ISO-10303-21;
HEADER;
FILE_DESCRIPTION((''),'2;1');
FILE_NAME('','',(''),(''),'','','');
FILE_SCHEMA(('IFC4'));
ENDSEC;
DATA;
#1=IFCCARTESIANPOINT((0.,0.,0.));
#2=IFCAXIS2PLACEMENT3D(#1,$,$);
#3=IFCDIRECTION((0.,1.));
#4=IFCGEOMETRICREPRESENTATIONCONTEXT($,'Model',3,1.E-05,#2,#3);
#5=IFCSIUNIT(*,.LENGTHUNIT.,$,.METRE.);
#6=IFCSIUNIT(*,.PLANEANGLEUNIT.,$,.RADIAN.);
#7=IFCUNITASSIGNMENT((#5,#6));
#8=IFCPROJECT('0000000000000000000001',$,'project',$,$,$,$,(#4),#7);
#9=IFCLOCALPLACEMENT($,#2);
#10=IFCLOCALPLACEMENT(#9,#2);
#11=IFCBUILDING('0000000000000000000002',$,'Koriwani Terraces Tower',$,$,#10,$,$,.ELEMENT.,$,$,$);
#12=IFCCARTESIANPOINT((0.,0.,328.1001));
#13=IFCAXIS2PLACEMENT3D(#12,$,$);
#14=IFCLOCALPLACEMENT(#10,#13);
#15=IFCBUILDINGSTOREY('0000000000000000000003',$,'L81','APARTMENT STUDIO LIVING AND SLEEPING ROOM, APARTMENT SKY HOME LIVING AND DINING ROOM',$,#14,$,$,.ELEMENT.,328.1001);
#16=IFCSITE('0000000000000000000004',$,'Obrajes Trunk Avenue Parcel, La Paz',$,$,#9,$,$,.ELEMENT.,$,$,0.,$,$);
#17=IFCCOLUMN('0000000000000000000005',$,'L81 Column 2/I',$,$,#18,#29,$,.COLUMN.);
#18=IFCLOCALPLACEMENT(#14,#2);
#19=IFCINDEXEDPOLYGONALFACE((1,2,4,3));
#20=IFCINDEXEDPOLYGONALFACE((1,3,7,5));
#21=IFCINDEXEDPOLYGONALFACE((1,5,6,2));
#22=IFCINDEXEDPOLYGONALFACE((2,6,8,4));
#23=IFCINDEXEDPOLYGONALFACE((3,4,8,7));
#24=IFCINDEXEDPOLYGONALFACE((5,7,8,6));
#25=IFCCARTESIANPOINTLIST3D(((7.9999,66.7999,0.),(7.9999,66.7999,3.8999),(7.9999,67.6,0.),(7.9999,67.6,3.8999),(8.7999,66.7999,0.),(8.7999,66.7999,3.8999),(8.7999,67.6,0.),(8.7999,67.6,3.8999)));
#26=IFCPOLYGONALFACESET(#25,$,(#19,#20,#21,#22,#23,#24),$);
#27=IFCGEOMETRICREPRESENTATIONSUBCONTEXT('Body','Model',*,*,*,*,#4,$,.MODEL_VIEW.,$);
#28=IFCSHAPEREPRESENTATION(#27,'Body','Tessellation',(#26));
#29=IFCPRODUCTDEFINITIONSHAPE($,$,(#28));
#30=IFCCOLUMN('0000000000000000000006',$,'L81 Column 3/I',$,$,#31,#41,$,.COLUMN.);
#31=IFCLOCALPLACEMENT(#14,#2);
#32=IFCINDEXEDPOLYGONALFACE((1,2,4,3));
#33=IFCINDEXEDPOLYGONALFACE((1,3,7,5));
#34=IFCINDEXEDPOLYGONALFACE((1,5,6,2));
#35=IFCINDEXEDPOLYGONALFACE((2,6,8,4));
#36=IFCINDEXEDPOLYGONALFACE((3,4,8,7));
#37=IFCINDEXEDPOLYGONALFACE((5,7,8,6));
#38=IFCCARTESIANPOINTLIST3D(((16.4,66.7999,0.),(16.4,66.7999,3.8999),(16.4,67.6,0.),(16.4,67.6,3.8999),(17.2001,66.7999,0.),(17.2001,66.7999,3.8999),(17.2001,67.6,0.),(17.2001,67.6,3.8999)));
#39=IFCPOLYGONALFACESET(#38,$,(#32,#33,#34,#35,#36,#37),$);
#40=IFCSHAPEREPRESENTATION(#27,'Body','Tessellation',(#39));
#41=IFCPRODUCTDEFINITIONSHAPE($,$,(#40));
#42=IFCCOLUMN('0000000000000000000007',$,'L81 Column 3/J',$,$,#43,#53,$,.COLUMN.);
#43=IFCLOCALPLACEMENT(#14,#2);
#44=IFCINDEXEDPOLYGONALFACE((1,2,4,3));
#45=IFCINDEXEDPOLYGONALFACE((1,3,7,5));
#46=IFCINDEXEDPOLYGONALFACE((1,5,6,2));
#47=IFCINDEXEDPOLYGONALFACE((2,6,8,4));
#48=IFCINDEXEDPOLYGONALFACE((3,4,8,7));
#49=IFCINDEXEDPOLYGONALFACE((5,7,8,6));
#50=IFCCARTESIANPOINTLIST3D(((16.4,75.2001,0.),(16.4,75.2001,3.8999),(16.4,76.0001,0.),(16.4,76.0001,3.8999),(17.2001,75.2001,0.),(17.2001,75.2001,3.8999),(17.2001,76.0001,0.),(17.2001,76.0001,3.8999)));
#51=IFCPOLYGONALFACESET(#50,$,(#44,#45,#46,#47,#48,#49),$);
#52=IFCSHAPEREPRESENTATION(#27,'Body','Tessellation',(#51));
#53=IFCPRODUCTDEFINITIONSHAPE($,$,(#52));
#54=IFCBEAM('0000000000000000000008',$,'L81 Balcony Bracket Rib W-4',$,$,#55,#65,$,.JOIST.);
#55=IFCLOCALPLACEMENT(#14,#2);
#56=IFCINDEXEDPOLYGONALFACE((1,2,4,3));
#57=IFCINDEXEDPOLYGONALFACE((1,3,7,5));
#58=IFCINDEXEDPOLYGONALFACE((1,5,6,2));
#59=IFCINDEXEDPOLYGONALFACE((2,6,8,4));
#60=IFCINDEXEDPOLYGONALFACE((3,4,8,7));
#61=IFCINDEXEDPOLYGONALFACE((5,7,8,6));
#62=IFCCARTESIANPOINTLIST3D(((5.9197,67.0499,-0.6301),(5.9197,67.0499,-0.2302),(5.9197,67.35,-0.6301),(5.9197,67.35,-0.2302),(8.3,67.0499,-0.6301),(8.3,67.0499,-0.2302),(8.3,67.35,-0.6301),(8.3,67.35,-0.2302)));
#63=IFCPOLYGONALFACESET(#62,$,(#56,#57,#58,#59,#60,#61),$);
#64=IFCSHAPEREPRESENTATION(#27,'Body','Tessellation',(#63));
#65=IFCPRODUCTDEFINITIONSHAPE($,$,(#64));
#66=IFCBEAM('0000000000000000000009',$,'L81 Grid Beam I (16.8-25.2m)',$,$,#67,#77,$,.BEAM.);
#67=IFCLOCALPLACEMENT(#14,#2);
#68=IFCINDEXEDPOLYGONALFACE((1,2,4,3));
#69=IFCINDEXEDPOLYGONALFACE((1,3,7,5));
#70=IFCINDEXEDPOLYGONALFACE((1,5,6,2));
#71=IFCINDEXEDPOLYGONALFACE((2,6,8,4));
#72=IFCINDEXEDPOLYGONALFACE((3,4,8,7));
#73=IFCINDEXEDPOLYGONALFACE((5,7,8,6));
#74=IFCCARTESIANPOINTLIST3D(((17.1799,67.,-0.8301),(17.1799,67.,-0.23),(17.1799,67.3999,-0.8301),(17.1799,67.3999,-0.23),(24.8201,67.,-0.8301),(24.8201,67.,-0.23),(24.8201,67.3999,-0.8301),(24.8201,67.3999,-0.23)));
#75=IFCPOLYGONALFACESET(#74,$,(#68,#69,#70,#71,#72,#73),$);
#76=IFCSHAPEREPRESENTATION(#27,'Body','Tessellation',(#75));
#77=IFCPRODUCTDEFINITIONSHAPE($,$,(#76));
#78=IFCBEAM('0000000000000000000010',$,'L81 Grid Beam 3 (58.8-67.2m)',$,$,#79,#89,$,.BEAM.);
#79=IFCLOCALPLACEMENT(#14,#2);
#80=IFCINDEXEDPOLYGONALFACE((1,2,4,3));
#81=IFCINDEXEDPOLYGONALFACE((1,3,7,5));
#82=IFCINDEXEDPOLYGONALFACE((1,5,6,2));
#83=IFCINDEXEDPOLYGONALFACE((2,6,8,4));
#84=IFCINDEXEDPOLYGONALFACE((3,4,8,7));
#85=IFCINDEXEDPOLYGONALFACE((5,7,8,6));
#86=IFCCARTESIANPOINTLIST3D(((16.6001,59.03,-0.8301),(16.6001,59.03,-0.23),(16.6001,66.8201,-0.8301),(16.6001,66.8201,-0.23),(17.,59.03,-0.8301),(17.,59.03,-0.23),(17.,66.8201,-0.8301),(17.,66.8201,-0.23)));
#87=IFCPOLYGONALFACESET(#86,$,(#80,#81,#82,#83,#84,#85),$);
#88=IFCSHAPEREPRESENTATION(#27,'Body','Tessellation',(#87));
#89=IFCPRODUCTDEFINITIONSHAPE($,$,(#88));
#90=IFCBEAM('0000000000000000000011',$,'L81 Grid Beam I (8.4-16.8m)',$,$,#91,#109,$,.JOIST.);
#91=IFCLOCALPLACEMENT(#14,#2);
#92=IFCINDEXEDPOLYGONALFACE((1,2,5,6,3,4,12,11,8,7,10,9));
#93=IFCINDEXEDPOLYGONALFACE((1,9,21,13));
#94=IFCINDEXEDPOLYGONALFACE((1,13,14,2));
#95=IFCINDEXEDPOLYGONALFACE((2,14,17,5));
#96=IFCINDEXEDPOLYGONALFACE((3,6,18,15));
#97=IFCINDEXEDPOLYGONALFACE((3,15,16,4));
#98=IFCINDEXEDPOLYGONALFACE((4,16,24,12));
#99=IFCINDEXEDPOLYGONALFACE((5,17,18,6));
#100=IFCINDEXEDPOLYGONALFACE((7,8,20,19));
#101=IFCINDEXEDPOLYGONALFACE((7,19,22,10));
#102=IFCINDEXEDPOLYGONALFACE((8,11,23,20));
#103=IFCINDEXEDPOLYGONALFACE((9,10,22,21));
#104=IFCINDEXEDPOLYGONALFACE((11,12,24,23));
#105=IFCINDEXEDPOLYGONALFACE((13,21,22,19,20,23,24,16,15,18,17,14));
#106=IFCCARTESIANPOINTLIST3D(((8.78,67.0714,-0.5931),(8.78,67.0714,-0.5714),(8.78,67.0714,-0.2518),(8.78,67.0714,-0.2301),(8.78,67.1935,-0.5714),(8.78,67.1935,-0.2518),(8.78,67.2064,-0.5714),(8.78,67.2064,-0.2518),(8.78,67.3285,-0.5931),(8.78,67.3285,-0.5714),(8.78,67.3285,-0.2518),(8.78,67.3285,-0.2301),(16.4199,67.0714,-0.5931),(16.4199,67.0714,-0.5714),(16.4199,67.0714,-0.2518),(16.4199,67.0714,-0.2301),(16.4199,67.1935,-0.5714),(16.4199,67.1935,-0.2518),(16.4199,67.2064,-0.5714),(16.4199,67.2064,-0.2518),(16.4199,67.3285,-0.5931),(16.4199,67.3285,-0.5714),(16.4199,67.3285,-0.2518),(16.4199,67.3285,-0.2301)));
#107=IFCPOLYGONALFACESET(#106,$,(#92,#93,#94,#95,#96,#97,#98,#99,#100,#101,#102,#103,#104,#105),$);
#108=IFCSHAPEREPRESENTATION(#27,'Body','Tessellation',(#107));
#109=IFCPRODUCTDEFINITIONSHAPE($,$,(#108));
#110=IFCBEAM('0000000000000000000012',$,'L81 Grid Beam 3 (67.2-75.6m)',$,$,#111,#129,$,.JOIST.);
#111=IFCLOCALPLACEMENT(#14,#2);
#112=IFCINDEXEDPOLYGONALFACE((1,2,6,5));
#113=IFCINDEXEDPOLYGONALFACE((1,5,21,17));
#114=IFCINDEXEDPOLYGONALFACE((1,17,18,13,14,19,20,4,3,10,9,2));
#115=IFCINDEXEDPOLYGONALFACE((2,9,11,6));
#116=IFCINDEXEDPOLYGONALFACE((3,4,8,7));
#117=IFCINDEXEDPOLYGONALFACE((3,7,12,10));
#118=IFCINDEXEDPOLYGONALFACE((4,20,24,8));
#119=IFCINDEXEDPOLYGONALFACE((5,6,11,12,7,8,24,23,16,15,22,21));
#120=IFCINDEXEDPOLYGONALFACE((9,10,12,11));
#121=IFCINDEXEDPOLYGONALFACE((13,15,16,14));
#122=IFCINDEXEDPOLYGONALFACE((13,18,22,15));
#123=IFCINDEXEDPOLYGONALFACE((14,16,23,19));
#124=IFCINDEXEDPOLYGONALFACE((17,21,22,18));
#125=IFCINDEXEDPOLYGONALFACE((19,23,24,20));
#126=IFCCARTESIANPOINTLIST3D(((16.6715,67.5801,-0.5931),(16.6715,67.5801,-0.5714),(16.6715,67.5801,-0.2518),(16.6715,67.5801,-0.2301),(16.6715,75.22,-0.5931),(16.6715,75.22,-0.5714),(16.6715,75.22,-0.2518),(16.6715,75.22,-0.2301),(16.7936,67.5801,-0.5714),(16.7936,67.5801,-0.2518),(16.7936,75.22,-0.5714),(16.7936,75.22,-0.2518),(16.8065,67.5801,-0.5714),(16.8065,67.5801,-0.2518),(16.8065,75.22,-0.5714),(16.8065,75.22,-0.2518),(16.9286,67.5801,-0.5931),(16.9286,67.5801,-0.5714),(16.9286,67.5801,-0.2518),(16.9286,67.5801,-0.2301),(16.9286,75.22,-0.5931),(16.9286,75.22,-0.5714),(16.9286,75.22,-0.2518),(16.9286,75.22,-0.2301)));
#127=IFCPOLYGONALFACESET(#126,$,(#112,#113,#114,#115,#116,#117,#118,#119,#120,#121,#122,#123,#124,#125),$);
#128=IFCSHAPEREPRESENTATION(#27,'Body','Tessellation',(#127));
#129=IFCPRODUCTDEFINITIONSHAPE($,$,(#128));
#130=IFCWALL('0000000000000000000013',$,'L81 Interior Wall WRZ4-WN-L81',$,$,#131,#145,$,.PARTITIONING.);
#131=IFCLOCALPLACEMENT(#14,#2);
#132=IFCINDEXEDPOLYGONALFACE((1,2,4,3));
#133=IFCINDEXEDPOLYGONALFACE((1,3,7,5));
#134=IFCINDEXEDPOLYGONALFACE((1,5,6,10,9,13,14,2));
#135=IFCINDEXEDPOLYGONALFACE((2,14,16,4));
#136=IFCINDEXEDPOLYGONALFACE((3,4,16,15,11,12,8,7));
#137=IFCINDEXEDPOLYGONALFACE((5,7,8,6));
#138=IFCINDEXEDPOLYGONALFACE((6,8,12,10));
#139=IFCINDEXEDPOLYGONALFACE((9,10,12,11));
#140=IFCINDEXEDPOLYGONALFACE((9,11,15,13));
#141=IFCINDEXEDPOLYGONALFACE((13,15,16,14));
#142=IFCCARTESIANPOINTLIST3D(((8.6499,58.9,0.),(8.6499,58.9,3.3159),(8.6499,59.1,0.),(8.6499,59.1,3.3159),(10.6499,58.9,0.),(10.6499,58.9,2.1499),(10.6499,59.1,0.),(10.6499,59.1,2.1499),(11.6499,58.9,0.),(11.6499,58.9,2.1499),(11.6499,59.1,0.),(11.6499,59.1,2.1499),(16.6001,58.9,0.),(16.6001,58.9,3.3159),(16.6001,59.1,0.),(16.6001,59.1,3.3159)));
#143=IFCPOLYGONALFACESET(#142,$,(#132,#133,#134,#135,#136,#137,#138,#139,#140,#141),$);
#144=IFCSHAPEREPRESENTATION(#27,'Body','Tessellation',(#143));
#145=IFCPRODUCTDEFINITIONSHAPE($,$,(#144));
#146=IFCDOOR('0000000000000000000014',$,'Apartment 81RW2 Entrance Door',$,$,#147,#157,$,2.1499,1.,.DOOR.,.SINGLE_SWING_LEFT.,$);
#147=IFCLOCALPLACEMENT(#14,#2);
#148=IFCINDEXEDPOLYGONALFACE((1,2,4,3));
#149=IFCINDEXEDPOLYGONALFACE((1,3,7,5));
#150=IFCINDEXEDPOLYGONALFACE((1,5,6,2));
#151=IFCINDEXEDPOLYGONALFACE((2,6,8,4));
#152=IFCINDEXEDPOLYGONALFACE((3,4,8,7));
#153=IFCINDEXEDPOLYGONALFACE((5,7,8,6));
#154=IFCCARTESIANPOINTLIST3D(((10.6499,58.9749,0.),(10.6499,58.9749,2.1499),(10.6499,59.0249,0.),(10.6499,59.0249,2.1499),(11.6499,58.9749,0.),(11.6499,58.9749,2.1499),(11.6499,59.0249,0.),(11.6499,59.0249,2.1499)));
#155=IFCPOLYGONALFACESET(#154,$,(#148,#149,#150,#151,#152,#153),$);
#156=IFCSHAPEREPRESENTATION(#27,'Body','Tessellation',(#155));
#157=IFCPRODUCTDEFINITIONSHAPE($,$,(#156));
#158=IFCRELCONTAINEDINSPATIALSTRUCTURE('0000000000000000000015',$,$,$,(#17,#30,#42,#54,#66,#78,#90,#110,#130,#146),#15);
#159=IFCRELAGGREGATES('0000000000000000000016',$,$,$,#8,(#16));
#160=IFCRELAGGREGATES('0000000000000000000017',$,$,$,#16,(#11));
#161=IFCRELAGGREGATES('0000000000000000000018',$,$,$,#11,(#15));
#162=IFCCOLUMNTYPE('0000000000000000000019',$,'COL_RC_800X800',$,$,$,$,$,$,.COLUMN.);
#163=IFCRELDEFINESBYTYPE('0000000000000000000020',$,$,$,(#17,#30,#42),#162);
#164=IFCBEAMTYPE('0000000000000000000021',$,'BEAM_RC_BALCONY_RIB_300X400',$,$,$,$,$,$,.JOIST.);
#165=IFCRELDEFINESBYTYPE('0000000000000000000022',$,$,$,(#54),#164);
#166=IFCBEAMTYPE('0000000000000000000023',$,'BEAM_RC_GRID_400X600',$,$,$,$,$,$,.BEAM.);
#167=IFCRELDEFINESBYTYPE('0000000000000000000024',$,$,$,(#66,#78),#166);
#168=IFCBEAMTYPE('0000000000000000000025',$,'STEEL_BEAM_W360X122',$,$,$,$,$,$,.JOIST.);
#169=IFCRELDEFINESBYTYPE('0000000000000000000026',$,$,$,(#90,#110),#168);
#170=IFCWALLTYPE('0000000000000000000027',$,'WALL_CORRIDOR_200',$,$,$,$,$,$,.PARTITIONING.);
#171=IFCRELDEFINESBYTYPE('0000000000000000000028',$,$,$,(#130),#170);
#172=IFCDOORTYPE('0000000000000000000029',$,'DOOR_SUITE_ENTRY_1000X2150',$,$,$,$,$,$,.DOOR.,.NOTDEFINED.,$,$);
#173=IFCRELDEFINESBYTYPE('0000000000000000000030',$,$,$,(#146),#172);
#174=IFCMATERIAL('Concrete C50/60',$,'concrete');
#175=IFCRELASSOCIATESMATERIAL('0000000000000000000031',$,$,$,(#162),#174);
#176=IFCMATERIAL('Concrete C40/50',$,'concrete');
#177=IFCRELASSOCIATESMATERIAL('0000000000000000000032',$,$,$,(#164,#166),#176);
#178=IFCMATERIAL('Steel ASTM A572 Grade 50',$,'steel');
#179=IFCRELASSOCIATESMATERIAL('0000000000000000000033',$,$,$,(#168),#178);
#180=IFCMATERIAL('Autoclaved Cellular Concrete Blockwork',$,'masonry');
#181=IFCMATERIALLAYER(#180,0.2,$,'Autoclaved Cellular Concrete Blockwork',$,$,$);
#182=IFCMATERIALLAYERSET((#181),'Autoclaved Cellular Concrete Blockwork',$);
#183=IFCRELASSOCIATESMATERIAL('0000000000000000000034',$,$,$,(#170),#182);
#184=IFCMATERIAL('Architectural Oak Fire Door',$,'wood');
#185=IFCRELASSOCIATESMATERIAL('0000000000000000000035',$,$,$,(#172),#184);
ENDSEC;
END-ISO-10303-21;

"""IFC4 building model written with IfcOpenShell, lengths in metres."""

from ifc_helpers import new_model, si_unit, direction, frame, frame_2d, origin, origin_2d, place, context, subcontext, project, spatial, rectangle, i_section, extrude, material, layer, layer_set, material_profile, profile_set, type_object, element, fill, save


model = new_model("IFC4")

# Units and contexts
model_context = context("Model", 3, precision=1e-05, world=origin(), true_north=direction((0.0, 1.0)))
body_context = subcontext(model_context, "Body", "Model", "MODEL_VIEW")
ifc_project = project(units=[si_unit("LENGTHUNIT", "METRE"), si_unit("PLANEANGLEUNIT", "RADIAN")], contexts=[model_context])

# Site, building, storey
site_placement = place(None, origin())
site = spatial("IfcSite", under=ifc_project, at=site_placement, Name="Obrajes Trunk Avenue Parcel, La Paz", CompositionType="ELEMENT", RefElevation=0.0)
building_placement = place(site_placement, origin())
building = spatial("IfcBuilding", under=site, at=building_placement, Name="Koriwani Terraces Tower", CompositionType="ELEMENT")
storey_placement = place(building_placement, frame((0.0, 0.0, 328.1001)))
storey = spatial("IfcBuildingStorey", under=building, at=storey_placement, Name="L81", Description="APARTMENT STUDIO LIVING AND SLEEPING ROOM, APARTMENT SKY HOME LIVING AND DINING ROOM", CompositionType="ELEMENT", Elevation=328.1001)

# Columns
ifc_material_1 = material(Name="Concrete C50/60", Category="concrete")
ifc_material_profile_1 = material_profile(ifc_material_1, rectangle(XDim=0.8, YDim=0.8, at=origin_2d()), Name="Concrete C50/60", Category="LoadBearing")
ifc_profile_set_1 = profile_set([ifc_material_profile_1], Name="Concrete C50/60")
column_type = type_object("IfcColumnType", Name="COL_RC_800X800", PredefinedType="COLUMN", material=ifc_profile_set_1)
for number, where, z_axis, x_axis, name in (
    (1, (8.3999, 67.2, 0.0), (0.0, 0.0, 1.0), (1.0, 0.0, 0.0), "L81 Column 2/I"),
    (2, (16.8, 67.2, 0.0), (0.0, 0.0, 1.0), (1.0, 0.0, 0.0), "L81 Column 3/I"),
    (3, (16.8, 75.6001, 0.0), (0.0, 0.0, 1.0), (1.0, 0.0, 0.0), "L81 Column 3/J"),
):
    element("IfcColumn", number, at=place(storey_placement, frame(where, z_axis=z_axis, x_axis=x_axis)), inside=storey, type_object=column_type, Name=name, PredefinedType="COLUMN", context=body_context, shape_type="SweptSolid", body=[
        extrude(rectangle(XDim=0.8, YDim=0.8, at=origin_2d()), origin(), (0.0, 0.0, 1.0), 3.8999),
    ])

# Beams
ifc_material_2 = material(Name="Concrete C40/50", Category="concrete")
ifc_material_profile_2 = material_profile(ifc_material_2, rectangle(XDim=0.3, YDim=0.3999, at=origin_2d()), Name="Concrete C40/50", Category="LoadBearing")
ifc_profile_set_2 = profile_set([ifc_material_profile_2], Name="Concrete C40/50")
beam_type_1 = type_object("IfcBeamType", Name="BEAM_RC_BALCONY_RIB_300X400", PredefinedType="JOIST", material=ifc_profile_set_2)
beam_1_placement = place(storey_placement, frame((5.9197, 67.2, -0.4302), z_axis=(1.0, 0.0, 0.0), x_axis=(0.0, 1.0, 0.0)))
element("IfcBeam", 4, at=beam_1_placement, inside=storey, type_object=beam_type_1, Name="L81 Balcony Bracket Rib W-4", PredefinedType="JOIST", context=body_context, shape_type="SweptSolid", body=[
    extrude(rectangle(XDim=0.3, YDim=0.3999, at=origin_2d()), origin(), (0.0, 0.0, 1.0), 2.3804),
])
ifc_material_profile_3 = material_profile(ifc_material_2, rectangle(XDim=0.3999, YDim=0.6001, at=origin_2d()), Name="Concrete C40/50", Category="LoadBearing")
ifc_profile_set_3 = profile_set([ifc_material_profile_3], Name="Concrete C40/50")
beam_type_2 = type_object("IfcBeamType", Name="BEAM_RC_GRID_400X600", PredefinedType="BEAM", material=ifc_profile_set_3)
beam_2_placement = place(storey_placement, frame((17.1799, 67.2, -0.53), z_axis=(1.0, 0.0, 0.0), x_axis=(0.0, 1.0, 0.0)))
element("IfcBeam", 5, at=beam_2_placement, inside=storey, type_object=beam_type_2, Name="L81 Grid Beam I (16.8-25.2m)", PredefinedType="BEAM", context=body_context, shape_type="SweptSolid", body=[
    extrude(rectangle(XDim=0.3999, YDim=0.6001, at=origin_2d()), origin(), (0.0, 0.0, 1.0), 7.6401),
])
beam_3_placement = place(storey_placement, frame((16.8, 59.03, -0.53), z_axis=(0.0, 1.0, 0.0), x_axis=(-1.0, 0.0, 0.0)))
element("IfcBeam", 6, at=beam_3_placement, inside=storey, type_object=beam_type_2, Name="L81 Grid Beam 3 (58.8-67.2m)", PredefinedType="BEAM", context=body_context, shape_type="SweptSolid", body=[
    extrude(rectangle(XDim=0.3999, YDim=0.6001, at=origin_2d()), origin(), (0.0, 0.0, 1.0), 7.79),
])
ifc_material_3 = material(Name="Steel ASTM A572 Grade 50", Category="steel")
ifc_material_profile_4 = material_profile(ifc_material_3, i_section(OverallWidth=0.2571, OverallDepth=0.363, WebThickness=0.0129, FlangeThickness=0.0217, at=origin_2d()), Name="Steel ASTM A572 Grade 50", Category="LoadBearing")
ifc_profile_set_4 = profile_set([ifc_material_profile_4], Name="Steel ASTM A572 Grade 50")
beam_type_3 = type_object("IfcBeamType", Name="STEEL_BEAM_W360X122", PredefinedType="JOIST", material=ifc_profile_set_4)
for number, where, z_axis, x_axis, name in (
    (7, (8.78, 67.2, -0.4116), (1.0, 0.0, 0.0), (0.0, 1.0, 0.0), "L81 Grid Beam I (8.4-16.8m)"),
    (8, (16.8, 67.5801, -0.4116), (0.0, 1.0, 0.0), (-1.0, 0.0, 0.0), "L81 Grid Beam 3 (67.2-75.6m)"),
):
    element("IfcBeam", number, at=place(storey_placement, frame(where, z_axis=z_axis, x_axis=x_axis)), inside=storey, type_object=beam_type_3, Name=name, PredefinedType="JOIST", context=body_context, shape_type="SweptSolid", body=[
        extrude(i_section(OverallWidth=0.2571, OverallDepth=0.363, WebThickness=0.0129, FlangeThickness=0.0217, at=origin_2d()), origin(), (0.0, 0.0, 1.0), 7.6399),
    ])

# Wall, opening, door
ifc_material_4 = material(Name="Autoclaved Cellular Concrete Blockwork", Category="masonry")
ifc_layer_1 = layer(ifc_material_4, 0.2, Name="Autoclaved Cellular Concrete Blockwork")
ifc_layer_set_1 = layer_set([ifc_layer_1], Name="Autoclaved Cellular Concrete Blockwork")
wall_type_1 = type_object("IfcWallType", Name="WALL_CORRIDOR_200", PredefinedType="PARTITIONING", material=ifc_layer_set_1)
wall_1_placement = place(storey_placement, frame((8.6499, 59.0, 0.0), z_axis=(0.0, 0.0, 1.0), x_axis=(1.0, 0.0, 0.0)))
wall_1 = element("IfcWall", 9, at=wall_1_placement, inside=storey, type_object=wall_type_1, Name="L81 Interior Wall WRZ4-WN-L81", PredefinedType="PARTITIONING", context=body_context, shape_type="SweptSolid", body=[
    extrude(rectangle(XDim=7.9502, YDim=0.2, at=frame_2d((3.9751, 0.0))), origin(), (0.0, 0.0, 1.0), 3.3159),
])
opening_1_placement = place(wall_1_placement, frame((2.0, 0.0, 0.0)))
opening_1 = element("IfcOpeningElement", 10, at=opening_1_placement, cuts=wall_1, PredefinedType="OPENING", context=body_context, shape_type="SweptSolid", body=[
    extrude(rectangle(XDim=1.0, YDim=2.1499, at=frame_2d((0.5, 1.075))), frame((0.0, 0.1099, 0.0), z_axis=(0.0, -1.0, 0.0), x_axis=(1.0, 0.0, 0.0)), (0.0, 0.0, 1.0), 0.22),
])
ifc_material_5 = material(Name="Architectural Oak Fire Door", Category="wood")
door_type_1 = type_object("IfcDoorType", Name="DOOR_SUITE_ENTRY_1000X2150", OperationType="NOTDEFINED", PredefinedType="DOOR", material=ifc_material_5)
door_1_placement = place(opening_1_placement, origin())
door_1 = element("IfcDoor", 11, at=door_1_placement, inside=storey, type_object=door_type_1, Name="Apartment 81RW2 Entrance Door", OperationType="SINGLE_SWING_LEFT", OverallHeight=2.1499, OverallWidth=1.0, PredefinedType="DOOR", context=body_context, shape_type="SweptSolid", body=[
    extrude(rectangle(XDim=1.0, YDim=2.1499, at=frame_2d((0.5, 1.075))), frame((0.0, 0.0249, 0.0), z_axis=(0.0, -1.0, 0.0), x_axis=(1.0, 0.0, 0.0)), (0.0, 0.0, 1.0), 0.05),
])
fill(opening_1, door_1)

save(model, "model.ifc")
